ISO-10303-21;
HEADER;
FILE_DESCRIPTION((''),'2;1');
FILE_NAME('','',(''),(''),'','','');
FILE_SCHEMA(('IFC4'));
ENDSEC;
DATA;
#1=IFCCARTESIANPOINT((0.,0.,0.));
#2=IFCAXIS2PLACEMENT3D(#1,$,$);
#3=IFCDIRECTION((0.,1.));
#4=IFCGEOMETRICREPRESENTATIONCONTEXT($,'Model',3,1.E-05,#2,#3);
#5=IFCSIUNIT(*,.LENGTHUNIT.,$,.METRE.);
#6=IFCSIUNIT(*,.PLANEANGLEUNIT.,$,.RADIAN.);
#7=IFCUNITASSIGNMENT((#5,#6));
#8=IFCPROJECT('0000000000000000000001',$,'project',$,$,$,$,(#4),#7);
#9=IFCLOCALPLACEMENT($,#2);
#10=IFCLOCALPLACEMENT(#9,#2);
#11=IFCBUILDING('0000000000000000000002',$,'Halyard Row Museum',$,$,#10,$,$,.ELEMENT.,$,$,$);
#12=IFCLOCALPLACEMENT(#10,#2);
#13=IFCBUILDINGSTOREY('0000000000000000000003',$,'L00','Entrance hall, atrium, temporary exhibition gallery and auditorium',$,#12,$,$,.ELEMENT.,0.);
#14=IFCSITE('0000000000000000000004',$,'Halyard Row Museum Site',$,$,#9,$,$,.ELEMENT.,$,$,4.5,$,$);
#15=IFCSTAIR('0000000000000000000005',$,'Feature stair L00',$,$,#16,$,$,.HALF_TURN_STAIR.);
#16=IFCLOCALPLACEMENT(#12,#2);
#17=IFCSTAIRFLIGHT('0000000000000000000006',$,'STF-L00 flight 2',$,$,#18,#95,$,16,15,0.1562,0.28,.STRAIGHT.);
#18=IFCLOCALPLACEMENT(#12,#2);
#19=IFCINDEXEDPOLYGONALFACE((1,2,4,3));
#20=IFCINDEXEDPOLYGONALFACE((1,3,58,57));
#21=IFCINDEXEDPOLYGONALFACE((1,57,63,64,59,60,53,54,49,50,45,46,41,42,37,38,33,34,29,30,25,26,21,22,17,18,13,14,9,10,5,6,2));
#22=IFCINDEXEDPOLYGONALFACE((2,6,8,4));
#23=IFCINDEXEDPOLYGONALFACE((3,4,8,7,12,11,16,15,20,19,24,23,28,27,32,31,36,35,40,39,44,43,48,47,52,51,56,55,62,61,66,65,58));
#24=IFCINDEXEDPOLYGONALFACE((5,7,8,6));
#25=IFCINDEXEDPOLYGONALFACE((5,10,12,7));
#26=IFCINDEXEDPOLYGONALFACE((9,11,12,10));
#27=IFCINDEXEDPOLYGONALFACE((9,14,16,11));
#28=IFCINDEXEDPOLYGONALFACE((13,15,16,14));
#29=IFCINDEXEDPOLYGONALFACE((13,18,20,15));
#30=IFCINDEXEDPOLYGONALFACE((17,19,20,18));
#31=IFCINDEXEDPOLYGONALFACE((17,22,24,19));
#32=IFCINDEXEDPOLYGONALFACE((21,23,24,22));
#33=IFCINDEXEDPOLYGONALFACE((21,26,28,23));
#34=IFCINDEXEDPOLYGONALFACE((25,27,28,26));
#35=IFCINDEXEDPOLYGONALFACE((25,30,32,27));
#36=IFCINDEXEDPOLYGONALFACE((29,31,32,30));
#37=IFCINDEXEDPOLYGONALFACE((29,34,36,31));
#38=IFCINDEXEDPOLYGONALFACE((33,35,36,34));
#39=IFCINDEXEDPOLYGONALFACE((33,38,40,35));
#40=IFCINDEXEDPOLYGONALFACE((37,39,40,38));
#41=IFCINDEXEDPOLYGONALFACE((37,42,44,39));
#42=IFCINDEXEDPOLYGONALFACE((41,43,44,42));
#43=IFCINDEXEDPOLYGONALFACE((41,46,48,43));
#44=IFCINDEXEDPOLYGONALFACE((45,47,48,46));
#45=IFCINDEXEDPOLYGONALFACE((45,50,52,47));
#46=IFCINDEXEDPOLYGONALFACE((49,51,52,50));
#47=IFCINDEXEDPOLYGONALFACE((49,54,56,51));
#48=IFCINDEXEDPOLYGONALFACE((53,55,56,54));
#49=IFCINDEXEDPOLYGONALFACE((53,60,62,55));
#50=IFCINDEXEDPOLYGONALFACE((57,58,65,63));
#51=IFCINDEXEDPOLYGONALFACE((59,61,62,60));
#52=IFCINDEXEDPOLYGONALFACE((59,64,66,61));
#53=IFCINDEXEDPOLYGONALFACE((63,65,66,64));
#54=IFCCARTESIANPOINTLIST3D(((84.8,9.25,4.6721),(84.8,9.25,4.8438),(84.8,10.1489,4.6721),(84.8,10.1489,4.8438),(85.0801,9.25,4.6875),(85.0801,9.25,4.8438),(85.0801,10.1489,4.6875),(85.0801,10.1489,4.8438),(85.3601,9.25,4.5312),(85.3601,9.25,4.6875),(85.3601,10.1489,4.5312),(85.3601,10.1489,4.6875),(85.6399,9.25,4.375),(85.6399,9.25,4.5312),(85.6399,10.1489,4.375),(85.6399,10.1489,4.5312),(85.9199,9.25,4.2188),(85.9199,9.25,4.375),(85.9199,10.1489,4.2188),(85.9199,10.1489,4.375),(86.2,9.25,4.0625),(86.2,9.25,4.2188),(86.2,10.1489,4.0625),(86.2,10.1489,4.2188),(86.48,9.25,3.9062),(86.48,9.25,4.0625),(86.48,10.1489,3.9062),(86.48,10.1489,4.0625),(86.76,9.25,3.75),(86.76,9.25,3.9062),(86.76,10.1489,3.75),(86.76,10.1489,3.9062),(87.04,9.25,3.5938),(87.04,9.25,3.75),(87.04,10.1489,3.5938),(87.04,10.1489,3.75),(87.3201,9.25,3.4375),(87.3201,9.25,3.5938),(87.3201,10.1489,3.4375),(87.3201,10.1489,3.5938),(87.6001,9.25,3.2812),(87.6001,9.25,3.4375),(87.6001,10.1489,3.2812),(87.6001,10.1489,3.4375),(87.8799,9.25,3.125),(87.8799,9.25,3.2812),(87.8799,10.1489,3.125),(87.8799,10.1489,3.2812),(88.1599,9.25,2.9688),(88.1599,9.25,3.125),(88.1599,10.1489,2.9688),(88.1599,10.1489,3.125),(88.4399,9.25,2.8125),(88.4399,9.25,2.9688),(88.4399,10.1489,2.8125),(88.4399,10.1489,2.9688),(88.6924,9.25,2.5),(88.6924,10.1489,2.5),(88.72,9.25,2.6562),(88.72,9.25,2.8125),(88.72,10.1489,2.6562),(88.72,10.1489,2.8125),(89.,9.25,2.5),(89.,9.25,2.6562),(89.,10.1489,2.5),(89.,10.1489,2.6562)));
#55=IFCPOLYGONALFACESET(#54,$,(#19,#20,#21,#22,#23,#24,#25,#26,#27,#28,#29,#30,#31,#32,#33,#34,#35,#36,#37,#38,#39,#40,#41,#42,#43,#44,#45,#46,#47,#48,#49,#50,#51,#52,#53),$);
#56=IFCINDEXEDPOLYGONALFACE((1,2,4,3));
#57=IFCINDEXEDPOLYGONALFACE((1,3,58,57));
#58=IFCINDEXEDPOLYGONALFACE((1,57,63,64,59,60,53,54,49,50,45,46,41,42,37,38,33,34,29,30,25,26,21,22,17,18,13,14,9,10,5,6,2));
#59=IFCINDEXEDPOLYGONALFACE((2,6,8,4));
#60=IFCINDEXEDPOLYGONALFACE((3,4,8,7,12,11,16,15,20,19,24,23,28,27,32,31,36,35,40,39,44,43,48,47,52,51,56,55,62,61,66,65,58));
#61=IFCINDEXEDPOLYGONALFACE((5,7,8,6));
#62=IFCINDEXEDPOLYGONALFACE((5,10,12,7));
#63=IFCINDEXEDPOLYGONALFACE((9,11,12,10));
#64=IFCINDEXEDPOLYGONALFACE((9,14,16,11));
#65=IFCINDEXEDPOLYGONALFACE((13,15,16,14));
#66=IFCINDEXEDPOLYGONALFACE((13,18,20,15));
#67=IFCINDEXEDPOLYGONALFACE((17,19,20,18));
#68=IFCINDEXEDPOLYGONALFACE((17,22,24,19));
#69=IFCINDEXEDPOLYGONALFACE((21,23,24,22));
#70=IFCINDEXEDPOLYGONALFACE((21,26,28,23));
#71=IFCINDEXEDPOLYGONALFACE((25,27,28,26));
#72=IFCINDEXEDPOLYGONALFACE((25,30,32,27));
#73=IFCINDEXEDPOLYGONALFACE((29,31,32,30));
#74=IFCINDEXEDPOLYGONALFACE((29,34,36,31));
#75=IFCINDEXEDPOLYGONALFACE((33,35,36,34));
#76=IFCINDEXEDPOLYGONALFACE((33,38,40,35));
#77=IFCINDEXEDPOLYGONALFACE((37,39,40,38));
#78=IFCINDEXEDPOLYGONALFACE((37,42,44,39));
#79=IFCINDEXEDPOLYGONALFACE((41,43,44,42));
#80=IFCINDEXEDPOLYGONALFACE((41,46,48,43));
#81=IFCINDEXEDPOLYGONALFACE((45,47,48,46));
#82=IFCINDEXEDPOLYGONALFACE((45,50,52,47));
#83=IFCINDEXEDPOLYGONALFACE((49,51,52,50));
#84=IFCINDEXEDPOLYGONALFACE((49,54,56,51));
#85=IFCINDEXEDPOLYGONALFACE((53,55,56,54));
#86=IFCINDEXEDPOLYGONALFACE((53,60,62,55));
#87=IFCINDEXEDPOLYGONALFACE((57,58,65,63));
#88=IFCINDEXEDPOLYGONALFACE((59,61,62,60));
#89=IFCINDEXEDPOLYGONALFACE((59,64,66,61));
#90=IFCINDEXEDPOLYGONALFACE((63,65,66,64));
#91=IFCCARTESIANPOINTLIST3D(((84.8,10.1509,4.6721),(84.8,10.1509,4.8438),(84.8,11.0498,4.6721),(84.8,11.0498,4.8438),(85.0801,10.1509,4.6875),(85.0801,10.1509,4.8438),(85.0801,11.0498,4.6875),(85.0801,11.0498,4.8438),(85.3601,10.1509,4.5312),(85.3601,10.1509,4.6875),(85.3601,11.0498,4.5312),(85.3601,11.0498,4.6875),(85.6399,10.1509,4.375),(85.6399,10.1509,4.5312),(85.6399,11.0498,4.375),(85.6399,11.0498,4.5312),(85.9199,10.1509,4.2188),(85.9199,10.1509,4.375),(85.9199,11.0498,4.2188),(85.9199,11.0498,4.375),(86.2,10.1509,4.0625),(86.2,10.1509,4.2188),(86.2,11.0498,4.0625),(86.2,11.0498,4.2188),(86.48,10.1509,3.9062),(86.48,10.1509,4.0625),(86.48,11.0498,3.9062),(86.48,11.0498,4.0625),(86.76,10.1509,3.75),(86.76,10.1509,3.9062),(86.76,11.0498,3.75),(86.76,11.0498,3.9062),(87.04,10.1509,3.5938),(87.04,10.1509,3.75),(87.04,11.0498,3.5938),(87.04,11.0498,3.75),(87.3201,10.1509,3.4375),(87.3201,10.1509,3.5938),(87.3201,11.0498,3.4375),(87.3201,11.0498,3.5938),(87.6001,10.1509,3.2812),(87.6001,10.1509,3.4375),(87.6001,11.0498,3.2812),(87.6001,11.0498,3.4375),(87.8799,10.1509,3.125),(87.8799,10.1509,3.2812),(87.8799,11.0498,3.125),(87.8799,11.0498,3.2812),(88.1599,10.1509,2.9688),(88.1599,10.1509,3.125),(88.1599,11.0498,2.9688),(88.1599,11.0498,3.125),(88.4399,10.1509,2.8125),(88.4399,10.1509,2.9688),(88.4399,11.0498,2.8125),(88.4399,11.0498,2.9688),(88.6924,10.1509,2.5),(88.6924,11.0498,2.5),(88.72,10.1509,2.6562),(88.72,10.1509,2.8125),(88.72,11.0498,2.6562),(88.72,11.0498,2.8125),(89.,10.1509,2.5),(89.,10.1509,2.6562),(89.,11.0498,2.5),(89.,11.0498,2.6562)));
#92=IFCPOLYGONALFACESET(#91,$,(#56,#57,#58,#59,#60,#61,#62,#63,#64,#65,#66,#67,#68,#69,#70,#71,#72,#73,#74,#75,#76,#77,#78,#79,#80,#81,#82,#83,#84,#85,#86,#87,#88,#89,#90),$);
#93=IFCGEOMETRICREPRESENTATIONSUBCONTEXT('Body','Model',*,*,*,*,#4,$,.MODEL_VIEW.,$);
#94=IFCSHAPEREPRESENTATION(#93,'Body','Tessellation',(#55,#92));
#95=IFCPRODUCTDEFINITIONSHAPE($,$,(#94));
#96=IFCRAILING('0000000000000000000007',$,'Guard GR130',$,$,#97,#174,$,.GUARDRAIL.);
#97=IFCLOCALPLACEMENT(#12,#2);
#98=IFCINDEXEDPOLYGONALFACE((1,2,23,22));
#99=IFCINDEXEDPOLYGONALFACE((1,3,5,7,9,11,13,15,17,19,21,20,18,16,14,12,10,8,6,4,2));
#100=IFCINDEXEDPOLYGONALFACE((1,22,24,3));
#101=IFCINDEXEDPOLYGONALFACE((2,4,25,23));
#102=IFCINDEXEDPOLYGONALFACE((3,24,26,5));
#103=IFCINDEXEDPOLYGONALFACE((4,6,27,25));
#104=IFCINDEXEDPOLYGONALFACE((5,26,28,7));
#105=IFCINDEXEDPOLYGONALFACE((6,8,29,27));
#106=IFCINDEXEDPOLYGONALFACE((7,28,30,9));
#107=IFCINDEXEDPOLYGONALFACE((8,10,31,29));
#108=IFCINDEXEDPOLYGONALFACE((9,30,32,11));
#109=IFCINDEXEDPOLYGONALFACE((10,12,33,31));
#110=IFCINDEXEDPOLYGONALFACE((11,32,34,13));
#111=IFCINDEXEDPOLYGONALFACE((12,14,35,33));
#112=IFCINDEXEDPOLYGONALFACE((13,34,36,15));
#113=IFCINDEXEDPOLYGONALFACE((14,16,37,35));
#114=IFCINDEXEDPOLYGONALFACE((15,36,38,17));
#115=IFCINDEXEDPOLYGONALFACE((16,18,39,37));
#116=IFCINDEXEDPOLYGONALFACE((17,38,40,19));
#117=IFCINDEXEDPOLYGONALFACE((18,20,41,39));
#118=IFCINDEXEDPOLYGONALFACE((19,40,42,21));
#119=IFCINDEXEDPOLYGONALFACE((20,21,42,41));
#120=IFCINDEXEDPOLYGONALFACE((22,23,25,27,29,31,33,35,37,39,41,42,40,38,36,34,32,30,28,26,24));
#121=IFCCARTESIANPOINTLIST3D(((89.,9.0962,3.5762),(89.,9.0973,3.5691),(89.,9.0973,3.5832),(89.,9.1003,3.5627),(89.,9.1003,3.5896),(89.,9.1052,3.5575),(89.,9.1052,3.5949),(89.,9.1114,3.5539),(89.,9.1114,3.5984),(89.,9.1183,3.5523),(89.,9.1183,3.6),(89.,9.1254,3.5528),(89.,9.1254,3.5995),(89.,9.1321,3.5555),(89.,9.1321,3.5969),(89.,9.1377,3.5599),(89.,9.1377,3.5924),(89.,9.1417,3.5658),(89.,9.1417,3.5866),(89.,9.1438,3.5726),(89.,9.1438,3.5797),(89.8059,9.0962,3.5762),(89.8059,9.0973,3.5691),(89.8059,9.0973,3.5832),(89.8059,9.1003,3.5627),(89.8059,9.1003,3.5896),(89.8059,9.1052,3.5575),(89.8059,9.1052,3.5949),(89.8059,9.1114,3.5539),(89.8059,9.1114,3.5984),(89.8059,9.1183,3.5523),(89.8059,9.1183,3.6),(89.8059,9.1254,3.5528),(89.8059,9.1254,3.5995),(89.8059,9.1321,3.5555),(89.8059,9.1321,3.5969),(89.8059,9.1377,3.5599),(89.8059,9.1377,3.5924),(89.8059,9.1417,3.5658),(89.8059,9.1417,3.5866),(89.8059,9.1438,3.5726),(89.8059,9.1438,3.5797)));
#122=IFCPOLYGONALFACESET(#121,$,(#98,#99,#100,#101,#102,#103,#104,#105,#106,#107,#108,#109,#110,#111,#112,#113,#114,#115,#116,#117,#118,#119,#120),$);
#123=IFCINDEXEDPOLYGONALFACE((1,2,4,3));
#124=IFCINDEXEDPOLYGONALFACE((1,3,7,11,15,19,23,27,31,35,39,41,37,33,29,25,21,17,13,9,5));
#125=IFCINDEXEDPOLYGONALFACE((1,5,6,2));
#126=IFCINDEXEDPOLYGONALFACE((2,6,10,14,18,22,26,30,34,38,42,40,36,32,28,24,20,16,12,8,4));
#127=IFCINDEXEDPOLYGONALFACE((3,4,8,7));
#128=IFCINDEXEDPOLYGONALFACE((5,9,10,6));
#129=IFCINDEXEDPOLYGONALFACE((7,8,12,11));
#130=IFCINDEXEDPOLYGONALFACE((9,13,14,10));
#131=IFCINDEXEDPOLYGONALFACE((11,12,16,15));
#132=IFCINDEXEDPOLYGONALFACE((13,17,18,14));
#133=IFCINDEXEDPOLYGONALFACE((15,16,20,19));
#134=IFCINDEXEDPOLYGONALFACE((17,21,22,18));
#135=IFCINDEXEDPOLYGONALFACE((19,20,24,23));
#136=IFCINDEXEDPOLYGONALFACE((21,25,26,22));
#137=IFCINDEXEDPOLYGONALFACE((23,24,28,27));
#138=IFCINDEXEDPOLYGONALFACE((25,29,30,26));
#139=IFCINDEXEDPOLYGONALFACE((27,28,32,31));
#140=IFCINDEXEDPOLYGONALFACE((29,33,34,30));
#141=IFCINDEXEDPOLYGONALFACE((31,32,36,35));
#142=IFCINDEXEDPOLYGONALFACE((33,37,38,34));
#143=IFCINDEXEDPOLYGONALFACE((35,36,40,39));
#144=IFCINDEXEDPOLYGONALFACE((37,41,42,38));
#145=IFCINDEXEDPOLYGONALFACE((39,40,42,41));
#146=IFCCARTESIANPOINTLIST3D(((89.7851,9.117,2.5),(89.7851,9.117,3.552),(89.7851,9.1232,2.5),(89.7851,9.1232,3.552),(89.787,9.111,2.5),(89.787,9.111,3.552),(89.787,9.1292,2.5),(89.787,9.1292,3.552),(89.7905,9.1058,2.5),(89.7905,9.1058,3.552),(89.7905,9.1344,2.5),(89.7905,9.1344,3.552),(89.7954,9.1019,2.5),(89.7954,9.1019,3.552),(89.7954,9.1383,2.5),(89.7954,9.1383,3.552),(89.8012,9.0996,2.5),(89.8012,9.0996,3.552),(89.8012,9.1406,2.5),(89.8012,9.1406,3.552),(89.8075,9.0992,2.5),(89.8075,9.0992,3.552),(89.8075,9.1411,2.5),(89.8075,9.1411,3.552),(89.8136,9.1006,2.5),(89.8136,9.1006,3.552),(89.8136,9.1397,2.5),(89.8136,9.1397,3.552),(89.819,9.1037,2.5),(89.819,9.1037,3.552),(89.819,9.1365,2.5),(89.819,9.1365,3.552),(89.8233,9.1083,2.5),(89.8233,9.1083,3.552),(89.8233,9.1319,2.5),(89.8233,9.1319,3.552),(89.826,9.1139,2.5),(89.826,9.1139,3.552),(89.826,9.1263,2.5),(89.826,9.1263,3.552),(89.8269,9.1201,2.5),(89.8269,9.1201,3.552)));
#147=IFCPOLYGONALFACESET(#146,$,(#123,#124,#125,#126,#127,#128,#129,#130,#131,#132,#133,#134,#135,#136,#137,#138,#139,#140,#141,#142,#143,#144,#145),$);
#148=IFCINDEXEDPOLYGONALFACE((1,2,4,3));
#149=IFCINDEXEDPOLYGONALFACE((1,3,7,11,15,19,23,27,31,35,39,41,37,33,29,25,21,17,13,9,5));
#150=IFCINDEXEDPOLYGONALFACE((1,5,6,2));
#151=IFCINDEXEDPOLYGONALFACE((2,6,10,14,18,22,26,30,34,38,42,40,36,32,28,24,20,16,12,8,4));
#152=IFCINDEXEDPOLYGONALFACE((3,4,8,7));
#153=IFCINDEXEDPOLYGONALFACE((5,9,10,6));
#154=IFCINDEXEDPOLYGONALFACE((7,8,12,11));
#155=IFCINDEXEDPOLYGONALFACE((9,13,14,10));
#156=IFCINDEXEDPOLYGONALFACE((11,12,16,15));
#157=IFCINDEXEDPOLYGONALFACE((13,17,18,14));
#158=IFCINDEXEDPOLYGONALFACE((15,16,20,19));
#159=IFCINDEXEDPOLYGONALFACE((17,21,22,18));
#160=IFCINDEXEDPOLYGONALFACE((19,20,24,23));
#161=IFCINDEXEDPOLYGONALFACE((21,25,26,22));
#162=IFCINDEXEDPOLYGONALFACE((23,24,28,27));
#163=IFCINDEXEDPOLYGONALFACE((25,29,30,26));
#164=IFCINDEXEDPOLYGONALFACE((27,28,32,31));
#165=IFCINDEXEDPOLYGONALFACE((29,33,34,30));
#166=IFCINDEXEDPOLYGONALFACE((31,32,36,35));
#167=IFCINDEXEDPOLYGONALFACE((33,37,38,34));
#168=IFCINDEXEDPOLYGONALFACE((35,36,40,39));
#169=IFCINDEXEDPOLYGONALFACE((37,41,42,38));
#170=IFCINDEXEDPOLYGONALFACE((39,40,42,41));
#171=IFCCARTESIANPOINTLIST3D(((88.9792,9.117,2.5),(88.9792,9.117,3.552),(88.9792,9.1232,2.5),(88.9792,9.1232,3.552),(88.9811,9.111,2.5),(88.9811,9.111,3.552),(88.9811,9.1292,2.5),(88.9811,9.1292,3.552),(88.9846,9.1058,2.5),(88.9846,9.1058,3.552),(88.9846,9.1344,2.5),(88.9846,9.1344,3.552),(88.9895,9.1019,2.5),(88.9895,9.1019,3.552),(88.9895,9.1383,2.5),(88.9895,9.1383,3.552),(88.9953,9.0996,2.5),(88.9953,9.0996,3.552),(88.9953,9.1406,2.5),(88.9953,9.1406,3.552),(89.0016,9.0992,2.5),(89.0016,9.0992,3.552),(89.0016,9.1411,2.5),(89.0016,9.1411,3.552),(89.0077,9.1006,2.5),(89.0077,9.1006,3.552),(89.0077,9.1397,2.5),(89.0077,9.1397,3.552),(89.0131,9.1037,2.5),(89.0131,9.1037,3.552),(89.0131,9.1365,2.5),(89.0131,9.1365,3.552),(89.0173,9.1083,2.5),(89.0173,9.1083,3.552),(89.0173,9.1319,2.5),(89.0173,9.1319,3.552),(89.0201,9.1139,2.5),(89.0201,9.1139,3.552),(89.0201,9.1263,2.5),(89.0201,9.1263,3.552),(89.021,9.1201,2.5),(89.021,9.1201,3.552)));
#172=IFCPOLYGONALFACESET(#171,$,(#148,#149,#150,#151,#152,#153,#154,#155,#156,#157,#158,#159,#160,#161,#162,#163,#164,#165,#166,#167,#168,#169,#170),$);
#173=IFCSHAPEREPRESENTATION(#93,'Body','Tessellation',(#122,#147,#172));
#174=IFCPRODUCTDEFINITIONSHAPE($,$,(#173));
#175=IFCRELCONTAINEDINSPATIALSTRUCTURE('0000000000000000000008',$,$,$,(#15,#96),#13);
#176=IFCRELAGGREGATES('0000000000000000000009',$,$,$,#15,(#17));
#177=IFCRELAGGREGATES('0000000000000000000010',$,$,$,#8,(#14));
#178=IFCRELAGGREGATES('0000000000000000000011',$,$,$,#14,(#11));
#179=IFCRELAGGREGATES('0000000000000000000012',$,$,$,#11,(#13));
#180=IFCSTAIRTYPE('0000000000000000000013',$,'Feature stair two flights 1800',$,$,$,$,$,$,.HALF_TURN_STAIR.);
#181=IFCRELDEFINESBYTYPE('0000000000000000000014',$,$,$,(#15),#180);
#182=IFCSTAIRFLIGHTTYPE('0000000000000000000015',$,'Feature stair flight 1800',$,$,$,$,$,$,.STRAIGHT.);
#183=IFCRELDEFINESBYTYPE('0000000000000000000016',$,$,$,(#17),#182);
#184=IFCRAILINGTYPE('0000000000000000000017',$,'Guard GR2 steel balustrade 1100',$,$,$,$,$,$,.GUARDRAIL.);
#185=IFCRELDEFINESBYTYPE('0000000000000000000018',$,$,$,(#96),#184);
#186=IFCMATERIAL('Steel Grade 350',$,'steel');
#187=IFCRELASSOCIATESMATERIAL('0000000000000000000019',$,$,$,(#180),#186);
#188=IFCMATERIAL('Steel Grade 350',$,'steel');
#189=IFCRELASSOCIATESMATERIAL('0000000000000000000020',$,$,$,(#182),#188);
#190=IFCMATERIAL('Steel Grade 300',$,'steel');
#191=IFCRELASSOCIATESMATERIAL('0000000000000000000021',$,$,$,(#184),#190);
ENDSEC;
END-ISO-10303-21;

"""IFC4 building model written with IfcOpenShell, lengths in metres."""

from ifc_helpers import new_model, si_unit, direction, frame, origin, origin_2d, place, context, subcontext, project, spatial, polyline, circle, outline, extrude, material, type_object, element, aggregate, save


model = new_model("IFC4")

# Units and contexts
model_context = context("Model", 3, precision=1e-05, world=origin(), true_north=direction((0.0, 1.0)))
body_context = subcontext(model_context, "Body", "Model", "MODEL_VIEW")
ifc_project = project(units=[si_unit("LENGTHUNIT", "METRE"), si_unit("PLANEANGLEUNIT", "RADIAN")], contexts=[model_context])

# Site, building, storey
site_placement = place(None, origin())
site = spatial("IfcSite", under=ifc_project, at=site_placement, Name="Halyard Row Museum Site", CompositionType="ELEMENT", RefElevation=4.5)
building_placement = place(site_placement, origin())
building = spatial("IfcBuilding", under=site, at=building_placement, Name="Halyard Row Museum", CompositionType="ELEMENT")
storey_placement = place(building_placement, origin())
storey = spatial("IfcBuildingStorey", under=building, at=storey_placement, Name="L00", Description="Entrance hall, atrium, temporary exhibition gallery and auditorium", CompositionType="ELEMENT", Elevation=0.0)

# Stair, stair flight
ifc_material_1 = material(Name="Steel Grade 350", Category="steel")
stair_type = type_object("IfcStairType", Name="Feature stair two flights 1800", PredefinedType="HALF_TURN_STAIR", material=ifc_material_1)
stair_placement = place(storey_placement, origin())
stair = element("IfcStair", 1, at=stair_placement, inside=storey, type_object=stair_type, Name="Feature stair L00", PredefinedType="HALF_TURN_STAIR")
ifc_material_2 = material(Name="Steel Grade 350", Category="steel")
stair_flight_type = type_object("IfcStairFlightType", Name="Feature stair flight 1800", PredefinedType="STRAIGHT", material=ifc_material_2)
stair_flight_placement = place(storey_placement, frame((89.0, 10.1499, 2.5), z_axis=(0.0, 0.0, 1.0), x_axis=(-1.0, 0.0, 0.0)))
stair_flight = element("IfcStairFlight", 2, at=stair_flight_placement, type_object=stair_flight_type, Name="STF-L00 flight 2", NumberOfRisers=16, NumberOfTreads=15, PredefinedType="STRAIGHT", RiserHeight=0.1562, TreadLength=0.28, context=body_context, shape_type="SweptSolid", body=[
    extrude(outline(polyline([(0.0, 0.0), (0.0, 0.1562), (0.28, 0.1562), (0.28, 0.3125), (0.5601, 0.3125), (0.5601, 0.4688), (0.8401, 0.4688), (0.8401, 0.625), (1.1201, 0.625), (1.1201, 0.7812), (1.3999, 0.7812), (1.3999, 0.9375), (1.6799, 0.9375), (1.6799, 1.0938), (1.96, 1.0938), (1.96, 1.25), (2.24, 1.25), (2.24, 1.4062), (2.52, 1.4062), (2.52, 1.5625), (2.8, 1.5625), (2.8, 1.7188), (3.0801, 1.7188), (3.0801, 1.875), (3.3601, 1.875), (3.3601, 2.0312), (3.6399, 2.0312), (3.6399, 2.1875), (3.9199, 2.1875), (3.9199, 2.3438), (4.2, 2.3438), (4.2, 2.5), (4.2, 2.1721), (0.3076, 0.0), (0.0, 0.0)])), frame((0.0, 0.8999, 0.0), z_axis=(0.0, -1.0, 0.0), x_axis=(1.0, 0.0, 0.0)), (0.0, 0.0, 1.0), 0.8989),
    extrude(outline(polyline([(0.0, 0.0), (0.0, 0.1562), (0.28, 0.1562), (0.28, 0.3125), (0.5601, 0.3125), (0.5601, 0.4688), (0.8401, 0.4688), (0.8401, 0.625), (1.1201, 0.625), (1.1201, 0.7812), (1.3999, 0.7812), (1.3999, 0.9375), (1.6799, 0.9375), (1.6799, 1.0938), (1.96, 1.0938), (1.96, 1.25), (2.24, 1.25), (2.24, 1.4062), (2.52, 1.4062), (2.52, 1.5625), (2.8, 1.5625), (2.8, 1.7188), (3.0801, 1.7188), (3.0801, 1.875), (3.3601, 1.875), (3.3601, 2.0312), (3.6399, 2.0312), (3.6399, 2.1875), (3.9199, 2.1875), (3.9199, 2.3438), (4.2, 2.3438), (4.2, 2.5), (4.2, 2.1721), (0.3076, 0.0), (0.0, 0.0)])), frame((0.0, -0.001, 0.0), z_axis=(0.0, -1.0, 0.0), x_axis=(1.0, 0.0, 0.0)), (0.0, 0.0, 1.0), 0.8989),
])
aggregate(stair, [stair_flight])

# Railing
ifc_material_3 = material(Name="Steel Grade 300", Category="steel")
railing_type = type_object("IfcRailingType", Name="Guard GR2 steel balustrade 1100", PredefinedType="GUARDRAIL", material=ifc_material_3)
railing_placement = place(storey_placement, frame((89.8059, 9.1201, 2.5)))
element("IfcRailing", 3, at=railing_placement, inside=storey, type_object=railing_type, Name="Guard GR130", PredefinedType="GUARDRAIL", context=body_context, shape_type="SweptSolid", body=[
    extrude(circle(Radius=0.0239, at=origin_2d()), frame((0.0, 0.0, 1.0762), z_axis=(-1.0, 0.0, 0.0), x_axis=(0.0, -1.0, 0.0)), (0.0, 0.0, 1.0), 0.8059),
    extrude(circle(Radius=0.021, at=origin_2d()), origin(), (0.0, 0.0, 1.0), 1.052),
    extrude(circle(Radius=0.021, at=origin_2d()), frame((-0.8059, 0.0, 0.0)), (0.0, 0.0, 1.0), 1.052),
])

save(model, "model.ifc")
